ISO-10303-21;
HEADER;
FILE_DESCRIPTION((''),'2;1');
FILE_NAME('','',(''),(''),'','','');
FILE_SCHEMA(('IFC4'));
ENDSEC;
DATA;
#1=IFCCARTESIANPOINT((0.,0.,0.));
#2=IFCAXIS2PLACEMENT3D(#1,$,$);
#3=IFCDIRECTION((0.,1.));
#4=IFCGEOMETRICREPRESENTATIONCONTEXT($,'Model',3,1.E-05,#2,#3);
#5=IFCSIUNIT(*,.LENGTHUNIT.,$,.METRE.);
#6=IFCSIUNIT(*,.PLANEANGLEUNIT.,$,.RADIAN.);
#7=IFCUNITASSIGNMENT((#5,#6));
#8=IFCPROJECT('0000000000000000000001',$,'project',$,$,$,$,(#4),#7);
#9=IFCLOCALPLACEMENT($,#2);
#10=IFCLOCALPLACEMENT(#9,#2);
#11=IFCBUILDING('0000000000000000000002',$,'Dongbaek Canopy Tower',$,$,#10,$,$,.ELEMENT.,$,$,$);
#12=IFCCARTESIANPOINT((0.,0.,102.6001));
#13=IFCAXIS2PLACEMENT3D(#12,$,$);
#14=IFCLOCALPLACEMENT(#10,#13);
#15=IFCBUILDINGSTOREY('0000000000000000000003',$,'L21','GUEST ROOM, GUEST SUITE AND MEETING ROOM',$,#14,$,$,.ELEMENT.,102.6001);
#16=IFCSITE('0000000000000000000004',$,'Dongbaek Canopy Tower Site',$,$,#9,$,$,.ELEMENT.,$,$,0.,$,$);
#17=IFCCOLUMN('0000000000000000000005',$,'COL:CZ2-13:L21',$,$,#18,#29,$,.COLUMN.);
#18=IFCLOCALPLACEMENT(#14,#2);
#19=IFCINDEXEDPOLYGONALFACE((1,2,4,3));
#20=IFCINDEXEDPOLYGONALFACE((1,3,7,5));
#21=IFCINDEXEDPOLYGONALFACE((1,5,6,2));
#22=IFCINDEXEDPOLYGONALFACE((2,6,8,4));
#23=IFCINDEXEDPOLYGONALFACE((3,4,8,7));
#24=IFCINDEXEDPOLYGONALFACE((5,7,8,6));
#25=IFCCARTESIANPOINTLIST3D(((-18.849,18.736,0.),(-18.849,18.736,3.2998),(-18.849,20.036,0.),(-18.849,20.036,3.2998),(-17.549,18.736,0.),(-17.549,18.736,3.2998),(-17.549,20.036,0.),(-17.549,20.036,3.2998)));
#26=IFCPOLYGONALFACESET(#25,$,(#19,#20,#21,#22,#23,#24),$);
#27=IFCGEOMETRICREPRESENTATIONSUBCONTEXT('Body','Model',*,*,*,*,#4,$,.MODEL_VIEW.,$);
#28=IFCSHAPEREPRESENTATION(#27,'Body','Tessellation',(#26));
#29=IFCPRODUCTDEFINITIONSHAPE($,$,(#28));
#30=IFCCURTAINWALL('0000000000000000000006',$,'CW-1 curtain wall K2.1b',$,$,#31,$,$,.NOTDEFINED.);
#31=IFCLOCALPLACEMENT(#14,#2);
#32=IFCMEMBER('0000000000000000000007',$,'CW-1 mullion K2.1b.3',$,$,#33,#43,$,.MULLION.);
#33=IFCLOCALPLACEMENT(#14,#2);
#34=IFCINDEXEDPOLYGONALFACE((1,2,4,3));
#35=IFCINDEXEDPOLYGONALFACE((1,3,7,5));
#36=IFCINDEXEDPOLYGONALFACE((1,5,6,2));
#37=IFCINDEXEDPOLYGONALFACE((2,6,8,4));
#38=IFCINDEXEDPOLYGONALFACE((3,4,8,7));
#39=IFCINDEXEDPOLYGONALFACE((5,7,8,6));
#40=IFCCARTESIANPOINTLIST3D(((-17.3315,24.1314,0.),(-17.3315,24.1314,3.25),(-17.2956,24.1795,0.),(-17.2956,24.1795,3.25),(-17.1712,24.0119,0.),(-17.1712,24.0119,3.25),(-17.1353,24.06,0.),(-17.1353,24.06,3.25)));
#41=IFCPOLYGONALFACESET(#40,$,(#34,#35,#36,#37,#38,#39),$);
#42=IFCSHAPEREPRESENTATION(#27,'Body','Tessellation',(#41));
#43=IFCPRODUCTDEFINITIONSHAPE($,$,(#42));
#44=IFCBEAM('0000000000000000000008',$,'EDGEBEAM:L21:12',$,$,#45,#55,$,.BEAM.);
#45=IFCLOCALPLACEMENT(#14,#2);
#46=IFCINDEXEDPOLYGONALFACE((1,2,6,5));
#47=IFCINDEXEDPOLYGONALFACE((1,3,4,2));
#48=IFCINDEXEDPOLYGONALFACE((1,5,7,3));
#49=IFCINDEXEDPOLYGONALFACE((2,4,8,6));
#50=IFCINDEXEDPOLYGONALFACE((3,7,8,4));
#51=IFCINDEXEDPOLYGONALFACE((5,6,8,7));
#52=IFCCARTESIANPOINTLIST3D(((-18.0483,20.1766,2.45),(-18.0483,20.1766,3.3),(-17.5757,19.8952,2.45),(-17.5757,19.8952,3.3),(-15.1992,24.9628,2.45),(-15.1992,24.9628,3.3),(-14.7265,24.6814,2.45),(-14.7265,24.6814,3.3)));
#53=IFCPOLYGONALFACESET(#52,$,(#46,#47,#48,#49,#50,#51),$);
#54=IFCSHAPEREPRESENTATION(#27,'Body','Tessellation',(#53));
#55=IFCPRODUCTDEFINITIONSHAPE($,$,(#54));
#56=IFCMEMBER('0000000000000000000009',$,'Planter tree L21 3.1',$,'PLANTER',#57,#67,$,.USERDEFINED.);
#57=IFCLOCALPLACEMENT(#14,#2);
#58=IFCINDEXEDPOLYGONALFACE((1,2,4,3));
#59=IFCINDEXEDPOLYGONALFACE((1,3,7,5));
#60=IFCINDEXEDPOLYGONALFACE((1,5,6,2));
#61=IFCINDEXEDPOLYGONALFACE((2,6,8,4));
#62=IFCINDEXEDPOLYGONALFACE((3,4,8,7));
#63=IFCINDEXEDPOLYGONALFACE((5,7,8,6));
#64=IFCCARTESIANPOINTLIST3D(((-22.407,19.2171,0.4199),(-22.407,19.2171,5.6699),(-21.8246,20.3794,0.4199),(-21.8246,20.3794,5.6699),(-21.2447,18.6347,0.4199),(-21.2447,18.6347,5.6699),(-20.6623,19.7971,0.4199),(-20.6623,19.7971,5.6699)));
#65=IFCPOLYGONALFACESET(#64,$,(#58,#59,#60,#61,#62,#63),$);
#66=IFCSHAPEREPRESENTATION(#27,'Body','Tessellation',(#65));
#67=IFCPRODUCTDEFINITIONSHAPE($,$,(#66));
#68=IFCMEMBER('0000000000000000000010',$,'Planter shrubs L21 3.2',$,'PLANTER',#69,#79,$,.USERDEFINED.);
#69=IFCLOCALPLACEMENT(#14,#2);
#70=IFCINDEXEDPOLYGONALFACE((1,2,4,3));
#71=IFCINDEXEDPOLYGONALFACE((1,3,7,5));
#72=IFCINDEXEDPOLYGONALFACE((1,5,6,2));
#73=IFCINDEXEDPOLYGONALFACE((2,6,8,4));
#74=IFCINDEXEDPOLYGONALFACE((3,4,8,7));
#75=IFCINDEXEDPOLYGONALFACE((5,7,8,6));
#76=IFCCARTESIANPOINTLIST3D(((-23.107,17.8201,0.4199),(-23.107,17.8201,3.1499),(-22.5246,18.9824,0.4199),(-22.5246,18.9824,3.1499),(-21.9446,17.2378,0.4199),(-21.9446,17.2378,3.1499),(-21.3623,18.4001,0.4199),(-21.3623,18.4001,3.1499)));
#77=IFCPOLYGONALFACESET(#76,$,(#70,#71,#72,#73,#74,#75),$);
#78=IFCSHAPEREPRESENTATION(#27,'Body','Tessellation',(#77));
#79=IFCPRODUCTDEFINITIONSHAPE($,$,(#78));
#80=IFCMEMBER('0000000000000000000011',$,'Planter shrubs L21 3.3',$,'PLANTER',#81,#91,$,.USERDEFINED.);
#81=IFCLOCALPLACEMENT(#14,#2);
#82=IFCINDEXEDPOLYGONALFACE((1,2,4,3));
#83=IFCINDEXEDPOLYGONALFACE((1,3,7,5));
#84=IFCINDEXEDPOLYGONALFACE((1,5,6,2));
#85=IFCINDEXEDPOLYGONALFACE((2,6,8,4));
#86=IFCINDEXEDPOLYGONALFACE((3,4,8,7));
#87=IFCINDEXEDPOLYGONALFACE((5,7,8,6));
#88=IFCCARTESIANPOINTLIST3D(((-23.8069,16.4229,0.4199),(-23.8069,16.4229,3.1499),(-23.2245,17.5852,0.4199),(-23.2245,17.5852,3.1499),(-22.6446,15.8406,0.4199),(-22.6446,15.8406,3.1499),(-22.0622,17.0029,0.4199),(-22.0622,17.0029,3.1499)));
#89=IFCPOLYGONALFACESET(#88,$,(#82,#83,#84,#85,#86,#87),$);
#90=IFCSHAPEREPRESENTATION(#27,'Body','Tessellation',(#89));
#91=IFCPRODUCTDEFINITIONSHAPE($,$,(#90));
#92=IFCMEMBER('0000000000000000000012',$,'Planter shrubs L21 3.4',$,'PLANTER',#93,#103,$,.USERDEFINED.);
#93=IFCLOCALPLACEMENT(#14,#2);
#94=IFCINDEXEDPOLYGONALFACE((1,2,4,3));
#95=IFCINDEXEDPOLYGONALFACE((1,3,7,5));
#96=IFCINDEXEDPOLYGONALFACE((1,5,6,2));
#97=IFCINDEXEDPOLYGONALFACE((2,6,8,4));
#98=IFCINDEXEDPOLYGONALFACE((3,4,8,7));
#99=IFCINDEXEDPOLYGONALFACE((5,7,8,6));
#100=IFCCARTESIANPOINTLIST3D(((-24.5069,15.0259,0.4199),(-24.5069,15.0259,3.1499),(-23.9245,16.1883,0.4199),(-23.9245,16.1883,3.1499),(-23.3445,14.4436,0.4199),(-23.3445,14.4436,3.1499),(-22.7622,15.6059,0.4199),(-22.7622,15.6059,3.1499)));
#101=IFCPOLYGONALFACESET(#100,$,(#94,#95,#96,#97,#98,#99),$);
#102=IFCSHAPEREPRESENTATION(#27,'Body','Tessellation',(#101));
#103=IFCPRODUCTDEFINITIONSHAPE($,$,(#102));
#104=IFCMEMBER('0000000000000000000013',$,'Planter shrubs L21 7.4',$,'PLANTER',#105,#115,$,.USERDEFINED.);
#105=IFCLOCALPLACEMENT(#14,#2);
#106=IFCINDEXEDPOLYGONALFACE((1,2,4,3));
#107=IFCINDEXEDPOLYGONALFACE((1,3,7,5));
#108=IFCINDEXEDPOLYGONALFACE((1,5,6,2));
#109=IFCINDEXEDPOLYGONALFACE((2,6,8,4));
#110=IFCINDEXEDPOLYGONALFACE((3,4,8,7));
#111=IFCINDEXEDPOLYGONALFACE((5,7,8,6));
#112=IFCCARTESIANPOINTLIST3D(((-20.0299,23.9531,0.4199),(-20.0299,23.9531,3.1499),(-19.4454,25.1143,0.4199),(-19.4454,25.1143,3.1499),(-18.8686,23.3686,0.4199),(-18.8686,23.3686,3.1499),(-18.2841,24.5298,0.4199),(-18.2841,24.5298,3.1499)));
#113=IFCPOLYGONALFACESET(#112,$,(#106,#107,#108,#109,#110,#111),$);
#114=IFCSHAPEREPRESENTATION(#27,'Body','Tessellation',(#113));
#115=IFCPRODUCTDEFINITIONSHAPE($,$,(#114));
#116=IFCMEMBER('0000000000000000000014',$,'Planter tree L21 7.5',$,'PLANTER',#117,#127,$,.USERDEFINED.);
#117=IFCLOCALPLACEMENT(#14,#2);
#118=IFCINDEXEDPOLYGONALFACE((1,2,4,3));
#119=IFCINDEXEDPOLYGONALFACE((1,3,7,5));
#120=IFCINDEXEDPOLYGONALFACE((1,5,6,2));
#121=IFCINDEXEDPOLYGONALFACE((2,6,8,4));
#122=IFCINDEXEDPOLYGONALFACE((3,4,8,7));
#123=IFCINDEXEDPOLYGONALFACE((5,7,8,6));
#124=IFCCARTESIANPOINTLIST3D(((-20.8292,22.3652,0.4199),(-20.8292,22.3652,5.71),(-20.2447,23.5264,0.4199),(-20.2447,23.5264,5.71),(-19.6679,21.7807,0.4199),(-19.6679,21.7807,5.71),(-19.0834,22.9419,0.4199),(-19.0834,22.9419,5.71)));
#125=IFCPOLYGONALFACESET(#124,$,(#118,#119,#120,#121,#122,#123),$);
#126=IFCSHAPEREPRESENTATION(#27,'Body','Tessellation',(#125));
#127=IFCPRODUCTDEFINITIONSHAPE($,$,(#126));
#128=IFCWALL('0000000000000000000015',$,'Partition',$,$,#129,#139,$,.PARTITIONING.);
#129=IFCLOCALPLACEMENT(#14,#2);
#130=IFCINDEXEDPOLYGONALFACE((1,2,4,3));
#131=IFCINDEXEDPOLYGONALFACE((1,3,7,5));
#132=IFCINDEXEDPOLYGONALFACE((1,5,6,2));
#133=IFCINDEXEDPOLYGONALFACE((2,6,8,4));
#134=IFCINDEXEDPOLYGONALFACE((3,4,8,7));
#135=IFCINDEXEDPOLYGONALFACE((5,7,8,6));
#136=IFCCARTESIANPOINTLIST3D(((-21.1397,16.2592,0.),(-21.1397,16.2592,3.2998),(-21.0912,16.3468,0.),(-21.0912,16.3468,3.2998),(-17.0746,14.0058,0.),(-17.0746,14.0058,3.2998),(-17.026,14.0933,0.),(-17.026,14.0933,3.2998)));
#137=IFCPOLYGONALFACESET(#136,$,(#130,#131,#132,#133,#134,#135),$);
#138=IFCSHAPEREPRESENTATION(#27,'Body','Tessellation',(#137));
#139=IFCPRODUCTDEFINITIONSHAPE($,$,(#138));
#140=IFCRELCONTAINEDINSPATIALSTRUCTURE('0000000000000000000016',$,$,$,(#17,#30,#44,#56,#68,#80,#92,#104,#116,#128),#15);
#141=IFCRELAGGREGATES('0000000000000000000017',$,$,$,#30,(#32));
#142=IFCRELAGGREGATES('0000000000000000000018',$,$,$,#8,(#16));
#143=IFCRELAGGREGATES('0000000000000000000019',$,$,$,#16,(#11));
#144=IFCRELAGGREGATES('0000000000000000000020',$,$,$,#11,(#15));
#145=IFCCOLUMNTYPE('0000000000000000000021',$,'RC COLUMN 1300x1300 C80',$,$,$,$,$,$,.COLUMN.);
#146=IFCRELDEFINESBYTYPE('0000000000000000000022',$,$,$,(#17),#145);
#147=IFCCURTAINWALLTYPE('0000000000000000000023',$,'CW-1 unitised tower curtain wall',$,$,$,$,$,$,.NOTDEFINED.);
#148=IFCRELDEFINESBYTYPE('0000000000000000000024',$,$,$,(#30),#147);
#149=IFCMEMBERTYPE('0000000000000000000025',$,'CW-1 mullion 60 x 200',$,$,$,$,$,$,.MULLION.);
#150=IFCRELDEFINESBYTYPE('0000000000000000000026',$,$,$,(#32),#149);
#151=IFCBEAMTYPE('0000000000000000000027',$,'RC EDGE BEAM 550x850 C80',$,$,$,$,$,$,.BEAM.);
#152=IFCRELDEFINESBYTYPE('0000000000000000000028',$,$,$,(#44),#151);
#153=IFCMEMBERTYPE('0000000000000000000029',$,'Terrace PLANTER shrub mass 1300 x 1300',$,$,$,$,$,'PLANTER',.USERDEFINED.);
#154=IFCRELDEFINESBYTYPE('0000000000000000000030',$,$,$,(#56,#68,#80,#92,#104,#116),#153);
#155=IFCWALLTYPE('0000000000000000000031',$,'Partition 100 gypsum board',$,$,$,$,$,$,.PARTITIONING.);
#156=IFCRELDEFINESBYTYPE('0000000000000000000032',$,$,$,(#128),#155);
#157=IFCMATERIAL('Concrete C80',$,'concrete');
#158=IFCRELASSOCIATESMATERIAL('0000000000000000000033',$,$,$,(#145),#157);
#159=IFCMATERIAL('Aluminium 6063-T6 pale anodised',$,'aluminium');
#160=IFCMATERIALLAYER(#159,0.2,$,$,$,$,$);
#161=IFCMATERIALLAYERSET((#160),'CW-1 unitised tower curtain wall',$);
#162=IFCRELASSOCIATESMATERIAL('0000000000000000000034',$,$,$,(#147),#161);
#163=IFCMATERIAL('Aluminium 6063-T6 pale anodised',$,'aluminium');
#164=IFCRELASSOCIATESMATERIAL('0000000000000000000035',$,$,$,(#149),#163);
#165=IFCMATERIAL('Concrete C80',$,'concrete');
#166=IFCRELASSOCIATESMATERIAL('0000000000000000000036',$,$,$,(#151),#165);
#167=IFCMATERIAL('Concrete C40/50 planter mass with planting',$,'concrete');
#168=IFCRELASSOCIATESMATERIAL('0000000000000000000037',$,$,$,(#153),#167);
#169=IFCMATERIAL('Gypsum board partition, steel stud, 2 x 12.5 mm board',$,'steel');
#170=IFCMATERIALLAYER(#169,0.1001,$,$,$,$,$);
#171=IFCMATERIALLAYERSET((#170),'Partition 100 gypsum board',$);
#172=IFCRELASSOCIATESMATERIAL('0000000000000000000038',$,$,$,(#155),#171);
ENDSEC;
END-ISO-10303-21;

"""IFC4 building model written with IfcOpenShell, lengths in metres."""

from ifc_helpers import new_model, si_unit, direction, frame, frame_2d, origin, origin_2d, place, context, subcontext, project, spatial, rectangle, extrude, material, layer, layer_set, material_profile, profile_set, type_object, element, aggregate, save


model = new_model("IFC4")

# Units and contexts
model_context = context("Model", 3, precision=1e-05, world=origin(), true_north=direction((0.0, 1.0)))
body_context = subcontext(model_context, "Body", "Model", "MODEL_VIEW")
ifc_project = project(units=[si_unit("LENGTHUNIT", "METRE"), si_unit("PLANEANGLEUNIT", "RADIAN")], contexts=[model_context])

# Site, building, storey
site_placement = place(None, origin())
site = spatial("IfcSite", under=ifc_project, at=site_placement, Name="Dongbaek Canopy Tower Site", CompositionType="ELEMENT", RefElevation=0.0)
building_placement = place(site_placement, origin())
building = spatial("IfcBuilding", under=site, at=building_placement, Name="Dongbaek Canopy Tower", CompositionType="ELEMENT")
storey_placement = place(building_placement, frame((0.0, 0.0, 102.6001)))
storey = spatial("IfcBuildingStorey", under=building, at=storey_placement, Name="L21", Description="GUEST ROOM, GUEST SUITE AND MEETING ROOM", CompositionType="ELEMENT", Elevation=102.6001)

# Column
ifc_material_1 = material(Name="Concrete C80", Category="concrete")
ifc_material_profile_1 = material_profile(ifc_material_1, rectangle(XDim=1.3, YDim=1.3, at=origin_2d()), Name="RC COLUMN 1300x1300 C80")
ifc_profile_set_1 = profile_set([ifc_material_profile_1], Name="Concrete C80")
column_type = type_object("IfcColumnType", Name="RC COLUMN 1300x1300 C80", PredefinedType="COLUMN", material=ifc_profile_set_1)
column_placement = place(storey_placement, frame((-18.199, 19.386, 0.0), z_axis=(0.0, 0.0, 1.0), x_axis=(1.0, 0.0, 0.0)))
element("IfcColumn", 1, at=column_placement, inside=storey, type_object=column_type, Name="COL:CZ2-13:L21", PredefinedType="COLUMN", context=body_context, shape_type="SweptSolid", body=[
    extrude(rectangle(XDim=1.3, YDim=1.3, at=origin_2d()), origin(), (0.0, 0.0, 1.0), 3.2998),
])

# Curtain wall, member
ifc_material_2 = material(Name="Aluminium 6063-T6 pale anodised", Category="aluminium")
ifc_layer_1 = layer(ifc_material_2, 0.2)
ifc_layer_set_1 = layer_set([ifc_layer_1], Name="CW-1 unitised tower curtain wall")
curtain_wall_type = type_object("IfcCurtainWallType", Name="CW-1 unitised tower curtain wall", PredefinedType="NOTDEFINED", material=ifc_layer_set_1)
curtain_wall_placement = place(storey_placement, origin())
curtain_wall = element("IfcCurtainWall", 2, at=curtain_wall_placement, inside=storey, type_object=curtain_wall_type, Name="CW-1 curtain wall K2.1b", PredefinedType="NOTDEFINED")
ifc_material_3 = material(Name="Aluminium 6063-T6 pale anodised", Category="aluminium")
ifc_material_profile_2 = material_profile(ifc_material_3, rectangle(XDim=0.2, YDim=0.0601, at=origin_2d()), Name="CW-1 mullion 60 x 200")
ifc_profile_set_2 = profile_set([ifc_material_profile_2], Name="Aluminium 6063-T6 pale anodised")
member_type_1 = type_object("IfcMemberType", Name="CW-1 mullion 60 x 200", PredefinedType="MULLION", material=ifc_profile_set_2)
member_1_placement = place(storey_placement, frame((-17.2334, 24.0957, 0.0), z_axis=(0.0, 0.0, 1.0), x_axis=(-0.801735, 0.59768, 0.0)))
member_1 = element("IfcMember", 3, at=member_1_placement, type_object=member_type_1, Name="CW-1 mullion K2.1b.3", PredefinedType="MULLION", context=body_context, shape_type="SweptSolid", body=[
    extrude(rectangle(XDim=0.2, YDim=0.0601, at=origin_2d()), origin(), (0.0, 0.0, 1.0), 3.25),
])
aggregate(curtain_wall, [member_1])

# Beam
ifc_material_4 = material(Name="Concrete C80", Category="concrete")
ifc_material_profile_3 = material_profile(ifc_material_4, rectangle(XDim=0.55, YDim=0.8501, at=origin_2d()), Name="RC EDGE BEAM 550x850 C80")
ifc_profile_set_3 = profile_set([ifc_material_profile_3], Name="Concrete C80")
beam_type = type_object("IfcBeamType", Name="RC EDGE BEAM 550x850 C80", PredefinedType="BEAM", material=ifc_profile_set_3)
beam_placement = place(storey_placement, frame((-17.812, 20.0359, 2.875), z_axis=(0.511515, 0.859275, 0.0), x_axis=(-0.859275, 0.511515, 0.0)))
element("IfcBeam", 4, at=beam_placement, inside=storey, type_object=beam_type, Name="EDGEBEAM:L21:12", PredefinedType="BEAM", context=body_context, shape_type="SweptSolid", body=[
    extrude(rectangle(XDim=0.55, YDim=0.8501, at=origin_2d()), origin(), (0.0, 0.0, 1.0), 5.5701),
])

# Members
ifc_material_5 = material(Name="Concrete C40/50 planter mass with planting", Category="concrete")
ifc_material_profile_4 = material_profile(ifc_material_5, rectangle(XDim=1.3, YDim=1.3, at=origin_2d()), Name="Terrace PLANTER shrub mass 1300 x 1300")
ifc_profile_set_4 = profile_set([ifc_material_profile_4], Name="Concrete C40/50 planter mass with planting")
member_type_2 = type_object("IfcMemberType", Name="Terrace PLANTER shrub mass 1300 x 1300", ElementType="PLANTER", PredefinedType="USERDEFINED", material=ifc_profile_set_4)
member_2_placement = place(storey_placement, frame((-21.5347, 19.5071, 0.4199), z_axis=(0.0, 0.0, 1.0), x_axis=(-0.894056, 0.447956, 0.0)))
element("IfcMember", 5, at=member_2_placement, inside=storey, type_object=member_type_2, Name="Planter tree L21 3.1", ObjectType="PLANTER", PredefinedType="USERDEFINED", context=body_context, shape_type="SweptSolid", body=[
    extrude(rectangle(XDim=1.3, YDim=1.3, at=origin_2d()), origin(), (0.0, 0.0, 1.0), 5.25),
])
for number, where, z_axis, x_axis, name in (
    (6, (-22.2346, 18.1101, 0.4199), (0.0, 0.0, 1.0), (-0.894056, 0.447956, 0.0), "Planter shrubs L21 3.2"),
    (7, (-22.9346, 16.7129, 0.4199), (0.0, 0.0, 1.0), (-0.894056, 0.447956, 0.0), "Planter shrubs L21 3.3"),
    (8, (-23.6345, 15.3159, 0.4199), (0.0, 0.0, 1.0), (-0.894056, 0.447956, 0.0), "Planter shrubs L21 3.4"),
    (9, (-19.157, 24.2415, 0.4199), (0.0, 0.0, 1.0), (-0.893229, 0.449602, 0.0), "Planter shrubs L21 7.4"),
):
    element("IfcMember", number, at=place(storey_placement, frame(where, z_axis=z_axis, x_axis=x_axis)), inside=storey, type_object=member_type_2, Name=name, ObjectType="PLANTER", PredefinedType="USERDEFINED", context=body_context, shape_type="SweptSolid", body=[
        extrude(rectangle(XDim=1.3, YDim=1.3, at=origin_2d()), origin(), (0.0, 0.0, 1.0), 2.73),
    ])
member_3_placement = place(storey_placement, frame((-19.9563, 22.6536, 0.4199), z_axis=(0.0, 0.0, 1.0), x_axis=(-0.893229, 0.449602, 0.0)))
element("IfcMember", 10, at=member_3_placement, inside=storey, type_object=member_type_2, Name="Planter tree L21 7.5", ObjectType="PLANTER", PredefinedType="USERDEFINED", context=body_context, shape_type="SweptSolid", body=[
    extrude(rectangle(XDim=1.3, YDim=1.3, at=origin_2d()), origin(), (0.0, 0.0, 1.0), 5.29),
])

# Wall
ifc_material_6 = material(Name="Gypsum board partition, steel stud, 2 x 12.5 mm board", Category="steel")
ifc_layer_2 = layer(ifc_material_6, 0.1001)
ifc_layer_set_2 = layer_set([ifc_layer_2], Name="Partition 100 gypsum board")
wall_type_1 = type_object("IfcWallType", Name="Partition 100 gypsum board", PredefinedType="PARTITIONING", material=ifc_layer_set_2)
wall_1_placement = place(storey_placement, frame((-21.1155, 16.303, 0.0), z_axis=(0.0, 0.0, 1.0), x_axis=(0.874615, -0.484818, 0.0)))
element("IfcWall", 11, at=wall_1_placement, inside=storey, type_object=wall_type_1, Name="Partition", PredefinedType="PARTITIONING", context=body_context, shape_type="SweptSolid", body=[
    extrude(rectangle(XDim=4.6479, YDim=0.1001, at=frame_2d((2.324, 0.0))), origin(), (0.0, 0.0, 1.0), 3.2998),
])

save(model, "model.ifc")
